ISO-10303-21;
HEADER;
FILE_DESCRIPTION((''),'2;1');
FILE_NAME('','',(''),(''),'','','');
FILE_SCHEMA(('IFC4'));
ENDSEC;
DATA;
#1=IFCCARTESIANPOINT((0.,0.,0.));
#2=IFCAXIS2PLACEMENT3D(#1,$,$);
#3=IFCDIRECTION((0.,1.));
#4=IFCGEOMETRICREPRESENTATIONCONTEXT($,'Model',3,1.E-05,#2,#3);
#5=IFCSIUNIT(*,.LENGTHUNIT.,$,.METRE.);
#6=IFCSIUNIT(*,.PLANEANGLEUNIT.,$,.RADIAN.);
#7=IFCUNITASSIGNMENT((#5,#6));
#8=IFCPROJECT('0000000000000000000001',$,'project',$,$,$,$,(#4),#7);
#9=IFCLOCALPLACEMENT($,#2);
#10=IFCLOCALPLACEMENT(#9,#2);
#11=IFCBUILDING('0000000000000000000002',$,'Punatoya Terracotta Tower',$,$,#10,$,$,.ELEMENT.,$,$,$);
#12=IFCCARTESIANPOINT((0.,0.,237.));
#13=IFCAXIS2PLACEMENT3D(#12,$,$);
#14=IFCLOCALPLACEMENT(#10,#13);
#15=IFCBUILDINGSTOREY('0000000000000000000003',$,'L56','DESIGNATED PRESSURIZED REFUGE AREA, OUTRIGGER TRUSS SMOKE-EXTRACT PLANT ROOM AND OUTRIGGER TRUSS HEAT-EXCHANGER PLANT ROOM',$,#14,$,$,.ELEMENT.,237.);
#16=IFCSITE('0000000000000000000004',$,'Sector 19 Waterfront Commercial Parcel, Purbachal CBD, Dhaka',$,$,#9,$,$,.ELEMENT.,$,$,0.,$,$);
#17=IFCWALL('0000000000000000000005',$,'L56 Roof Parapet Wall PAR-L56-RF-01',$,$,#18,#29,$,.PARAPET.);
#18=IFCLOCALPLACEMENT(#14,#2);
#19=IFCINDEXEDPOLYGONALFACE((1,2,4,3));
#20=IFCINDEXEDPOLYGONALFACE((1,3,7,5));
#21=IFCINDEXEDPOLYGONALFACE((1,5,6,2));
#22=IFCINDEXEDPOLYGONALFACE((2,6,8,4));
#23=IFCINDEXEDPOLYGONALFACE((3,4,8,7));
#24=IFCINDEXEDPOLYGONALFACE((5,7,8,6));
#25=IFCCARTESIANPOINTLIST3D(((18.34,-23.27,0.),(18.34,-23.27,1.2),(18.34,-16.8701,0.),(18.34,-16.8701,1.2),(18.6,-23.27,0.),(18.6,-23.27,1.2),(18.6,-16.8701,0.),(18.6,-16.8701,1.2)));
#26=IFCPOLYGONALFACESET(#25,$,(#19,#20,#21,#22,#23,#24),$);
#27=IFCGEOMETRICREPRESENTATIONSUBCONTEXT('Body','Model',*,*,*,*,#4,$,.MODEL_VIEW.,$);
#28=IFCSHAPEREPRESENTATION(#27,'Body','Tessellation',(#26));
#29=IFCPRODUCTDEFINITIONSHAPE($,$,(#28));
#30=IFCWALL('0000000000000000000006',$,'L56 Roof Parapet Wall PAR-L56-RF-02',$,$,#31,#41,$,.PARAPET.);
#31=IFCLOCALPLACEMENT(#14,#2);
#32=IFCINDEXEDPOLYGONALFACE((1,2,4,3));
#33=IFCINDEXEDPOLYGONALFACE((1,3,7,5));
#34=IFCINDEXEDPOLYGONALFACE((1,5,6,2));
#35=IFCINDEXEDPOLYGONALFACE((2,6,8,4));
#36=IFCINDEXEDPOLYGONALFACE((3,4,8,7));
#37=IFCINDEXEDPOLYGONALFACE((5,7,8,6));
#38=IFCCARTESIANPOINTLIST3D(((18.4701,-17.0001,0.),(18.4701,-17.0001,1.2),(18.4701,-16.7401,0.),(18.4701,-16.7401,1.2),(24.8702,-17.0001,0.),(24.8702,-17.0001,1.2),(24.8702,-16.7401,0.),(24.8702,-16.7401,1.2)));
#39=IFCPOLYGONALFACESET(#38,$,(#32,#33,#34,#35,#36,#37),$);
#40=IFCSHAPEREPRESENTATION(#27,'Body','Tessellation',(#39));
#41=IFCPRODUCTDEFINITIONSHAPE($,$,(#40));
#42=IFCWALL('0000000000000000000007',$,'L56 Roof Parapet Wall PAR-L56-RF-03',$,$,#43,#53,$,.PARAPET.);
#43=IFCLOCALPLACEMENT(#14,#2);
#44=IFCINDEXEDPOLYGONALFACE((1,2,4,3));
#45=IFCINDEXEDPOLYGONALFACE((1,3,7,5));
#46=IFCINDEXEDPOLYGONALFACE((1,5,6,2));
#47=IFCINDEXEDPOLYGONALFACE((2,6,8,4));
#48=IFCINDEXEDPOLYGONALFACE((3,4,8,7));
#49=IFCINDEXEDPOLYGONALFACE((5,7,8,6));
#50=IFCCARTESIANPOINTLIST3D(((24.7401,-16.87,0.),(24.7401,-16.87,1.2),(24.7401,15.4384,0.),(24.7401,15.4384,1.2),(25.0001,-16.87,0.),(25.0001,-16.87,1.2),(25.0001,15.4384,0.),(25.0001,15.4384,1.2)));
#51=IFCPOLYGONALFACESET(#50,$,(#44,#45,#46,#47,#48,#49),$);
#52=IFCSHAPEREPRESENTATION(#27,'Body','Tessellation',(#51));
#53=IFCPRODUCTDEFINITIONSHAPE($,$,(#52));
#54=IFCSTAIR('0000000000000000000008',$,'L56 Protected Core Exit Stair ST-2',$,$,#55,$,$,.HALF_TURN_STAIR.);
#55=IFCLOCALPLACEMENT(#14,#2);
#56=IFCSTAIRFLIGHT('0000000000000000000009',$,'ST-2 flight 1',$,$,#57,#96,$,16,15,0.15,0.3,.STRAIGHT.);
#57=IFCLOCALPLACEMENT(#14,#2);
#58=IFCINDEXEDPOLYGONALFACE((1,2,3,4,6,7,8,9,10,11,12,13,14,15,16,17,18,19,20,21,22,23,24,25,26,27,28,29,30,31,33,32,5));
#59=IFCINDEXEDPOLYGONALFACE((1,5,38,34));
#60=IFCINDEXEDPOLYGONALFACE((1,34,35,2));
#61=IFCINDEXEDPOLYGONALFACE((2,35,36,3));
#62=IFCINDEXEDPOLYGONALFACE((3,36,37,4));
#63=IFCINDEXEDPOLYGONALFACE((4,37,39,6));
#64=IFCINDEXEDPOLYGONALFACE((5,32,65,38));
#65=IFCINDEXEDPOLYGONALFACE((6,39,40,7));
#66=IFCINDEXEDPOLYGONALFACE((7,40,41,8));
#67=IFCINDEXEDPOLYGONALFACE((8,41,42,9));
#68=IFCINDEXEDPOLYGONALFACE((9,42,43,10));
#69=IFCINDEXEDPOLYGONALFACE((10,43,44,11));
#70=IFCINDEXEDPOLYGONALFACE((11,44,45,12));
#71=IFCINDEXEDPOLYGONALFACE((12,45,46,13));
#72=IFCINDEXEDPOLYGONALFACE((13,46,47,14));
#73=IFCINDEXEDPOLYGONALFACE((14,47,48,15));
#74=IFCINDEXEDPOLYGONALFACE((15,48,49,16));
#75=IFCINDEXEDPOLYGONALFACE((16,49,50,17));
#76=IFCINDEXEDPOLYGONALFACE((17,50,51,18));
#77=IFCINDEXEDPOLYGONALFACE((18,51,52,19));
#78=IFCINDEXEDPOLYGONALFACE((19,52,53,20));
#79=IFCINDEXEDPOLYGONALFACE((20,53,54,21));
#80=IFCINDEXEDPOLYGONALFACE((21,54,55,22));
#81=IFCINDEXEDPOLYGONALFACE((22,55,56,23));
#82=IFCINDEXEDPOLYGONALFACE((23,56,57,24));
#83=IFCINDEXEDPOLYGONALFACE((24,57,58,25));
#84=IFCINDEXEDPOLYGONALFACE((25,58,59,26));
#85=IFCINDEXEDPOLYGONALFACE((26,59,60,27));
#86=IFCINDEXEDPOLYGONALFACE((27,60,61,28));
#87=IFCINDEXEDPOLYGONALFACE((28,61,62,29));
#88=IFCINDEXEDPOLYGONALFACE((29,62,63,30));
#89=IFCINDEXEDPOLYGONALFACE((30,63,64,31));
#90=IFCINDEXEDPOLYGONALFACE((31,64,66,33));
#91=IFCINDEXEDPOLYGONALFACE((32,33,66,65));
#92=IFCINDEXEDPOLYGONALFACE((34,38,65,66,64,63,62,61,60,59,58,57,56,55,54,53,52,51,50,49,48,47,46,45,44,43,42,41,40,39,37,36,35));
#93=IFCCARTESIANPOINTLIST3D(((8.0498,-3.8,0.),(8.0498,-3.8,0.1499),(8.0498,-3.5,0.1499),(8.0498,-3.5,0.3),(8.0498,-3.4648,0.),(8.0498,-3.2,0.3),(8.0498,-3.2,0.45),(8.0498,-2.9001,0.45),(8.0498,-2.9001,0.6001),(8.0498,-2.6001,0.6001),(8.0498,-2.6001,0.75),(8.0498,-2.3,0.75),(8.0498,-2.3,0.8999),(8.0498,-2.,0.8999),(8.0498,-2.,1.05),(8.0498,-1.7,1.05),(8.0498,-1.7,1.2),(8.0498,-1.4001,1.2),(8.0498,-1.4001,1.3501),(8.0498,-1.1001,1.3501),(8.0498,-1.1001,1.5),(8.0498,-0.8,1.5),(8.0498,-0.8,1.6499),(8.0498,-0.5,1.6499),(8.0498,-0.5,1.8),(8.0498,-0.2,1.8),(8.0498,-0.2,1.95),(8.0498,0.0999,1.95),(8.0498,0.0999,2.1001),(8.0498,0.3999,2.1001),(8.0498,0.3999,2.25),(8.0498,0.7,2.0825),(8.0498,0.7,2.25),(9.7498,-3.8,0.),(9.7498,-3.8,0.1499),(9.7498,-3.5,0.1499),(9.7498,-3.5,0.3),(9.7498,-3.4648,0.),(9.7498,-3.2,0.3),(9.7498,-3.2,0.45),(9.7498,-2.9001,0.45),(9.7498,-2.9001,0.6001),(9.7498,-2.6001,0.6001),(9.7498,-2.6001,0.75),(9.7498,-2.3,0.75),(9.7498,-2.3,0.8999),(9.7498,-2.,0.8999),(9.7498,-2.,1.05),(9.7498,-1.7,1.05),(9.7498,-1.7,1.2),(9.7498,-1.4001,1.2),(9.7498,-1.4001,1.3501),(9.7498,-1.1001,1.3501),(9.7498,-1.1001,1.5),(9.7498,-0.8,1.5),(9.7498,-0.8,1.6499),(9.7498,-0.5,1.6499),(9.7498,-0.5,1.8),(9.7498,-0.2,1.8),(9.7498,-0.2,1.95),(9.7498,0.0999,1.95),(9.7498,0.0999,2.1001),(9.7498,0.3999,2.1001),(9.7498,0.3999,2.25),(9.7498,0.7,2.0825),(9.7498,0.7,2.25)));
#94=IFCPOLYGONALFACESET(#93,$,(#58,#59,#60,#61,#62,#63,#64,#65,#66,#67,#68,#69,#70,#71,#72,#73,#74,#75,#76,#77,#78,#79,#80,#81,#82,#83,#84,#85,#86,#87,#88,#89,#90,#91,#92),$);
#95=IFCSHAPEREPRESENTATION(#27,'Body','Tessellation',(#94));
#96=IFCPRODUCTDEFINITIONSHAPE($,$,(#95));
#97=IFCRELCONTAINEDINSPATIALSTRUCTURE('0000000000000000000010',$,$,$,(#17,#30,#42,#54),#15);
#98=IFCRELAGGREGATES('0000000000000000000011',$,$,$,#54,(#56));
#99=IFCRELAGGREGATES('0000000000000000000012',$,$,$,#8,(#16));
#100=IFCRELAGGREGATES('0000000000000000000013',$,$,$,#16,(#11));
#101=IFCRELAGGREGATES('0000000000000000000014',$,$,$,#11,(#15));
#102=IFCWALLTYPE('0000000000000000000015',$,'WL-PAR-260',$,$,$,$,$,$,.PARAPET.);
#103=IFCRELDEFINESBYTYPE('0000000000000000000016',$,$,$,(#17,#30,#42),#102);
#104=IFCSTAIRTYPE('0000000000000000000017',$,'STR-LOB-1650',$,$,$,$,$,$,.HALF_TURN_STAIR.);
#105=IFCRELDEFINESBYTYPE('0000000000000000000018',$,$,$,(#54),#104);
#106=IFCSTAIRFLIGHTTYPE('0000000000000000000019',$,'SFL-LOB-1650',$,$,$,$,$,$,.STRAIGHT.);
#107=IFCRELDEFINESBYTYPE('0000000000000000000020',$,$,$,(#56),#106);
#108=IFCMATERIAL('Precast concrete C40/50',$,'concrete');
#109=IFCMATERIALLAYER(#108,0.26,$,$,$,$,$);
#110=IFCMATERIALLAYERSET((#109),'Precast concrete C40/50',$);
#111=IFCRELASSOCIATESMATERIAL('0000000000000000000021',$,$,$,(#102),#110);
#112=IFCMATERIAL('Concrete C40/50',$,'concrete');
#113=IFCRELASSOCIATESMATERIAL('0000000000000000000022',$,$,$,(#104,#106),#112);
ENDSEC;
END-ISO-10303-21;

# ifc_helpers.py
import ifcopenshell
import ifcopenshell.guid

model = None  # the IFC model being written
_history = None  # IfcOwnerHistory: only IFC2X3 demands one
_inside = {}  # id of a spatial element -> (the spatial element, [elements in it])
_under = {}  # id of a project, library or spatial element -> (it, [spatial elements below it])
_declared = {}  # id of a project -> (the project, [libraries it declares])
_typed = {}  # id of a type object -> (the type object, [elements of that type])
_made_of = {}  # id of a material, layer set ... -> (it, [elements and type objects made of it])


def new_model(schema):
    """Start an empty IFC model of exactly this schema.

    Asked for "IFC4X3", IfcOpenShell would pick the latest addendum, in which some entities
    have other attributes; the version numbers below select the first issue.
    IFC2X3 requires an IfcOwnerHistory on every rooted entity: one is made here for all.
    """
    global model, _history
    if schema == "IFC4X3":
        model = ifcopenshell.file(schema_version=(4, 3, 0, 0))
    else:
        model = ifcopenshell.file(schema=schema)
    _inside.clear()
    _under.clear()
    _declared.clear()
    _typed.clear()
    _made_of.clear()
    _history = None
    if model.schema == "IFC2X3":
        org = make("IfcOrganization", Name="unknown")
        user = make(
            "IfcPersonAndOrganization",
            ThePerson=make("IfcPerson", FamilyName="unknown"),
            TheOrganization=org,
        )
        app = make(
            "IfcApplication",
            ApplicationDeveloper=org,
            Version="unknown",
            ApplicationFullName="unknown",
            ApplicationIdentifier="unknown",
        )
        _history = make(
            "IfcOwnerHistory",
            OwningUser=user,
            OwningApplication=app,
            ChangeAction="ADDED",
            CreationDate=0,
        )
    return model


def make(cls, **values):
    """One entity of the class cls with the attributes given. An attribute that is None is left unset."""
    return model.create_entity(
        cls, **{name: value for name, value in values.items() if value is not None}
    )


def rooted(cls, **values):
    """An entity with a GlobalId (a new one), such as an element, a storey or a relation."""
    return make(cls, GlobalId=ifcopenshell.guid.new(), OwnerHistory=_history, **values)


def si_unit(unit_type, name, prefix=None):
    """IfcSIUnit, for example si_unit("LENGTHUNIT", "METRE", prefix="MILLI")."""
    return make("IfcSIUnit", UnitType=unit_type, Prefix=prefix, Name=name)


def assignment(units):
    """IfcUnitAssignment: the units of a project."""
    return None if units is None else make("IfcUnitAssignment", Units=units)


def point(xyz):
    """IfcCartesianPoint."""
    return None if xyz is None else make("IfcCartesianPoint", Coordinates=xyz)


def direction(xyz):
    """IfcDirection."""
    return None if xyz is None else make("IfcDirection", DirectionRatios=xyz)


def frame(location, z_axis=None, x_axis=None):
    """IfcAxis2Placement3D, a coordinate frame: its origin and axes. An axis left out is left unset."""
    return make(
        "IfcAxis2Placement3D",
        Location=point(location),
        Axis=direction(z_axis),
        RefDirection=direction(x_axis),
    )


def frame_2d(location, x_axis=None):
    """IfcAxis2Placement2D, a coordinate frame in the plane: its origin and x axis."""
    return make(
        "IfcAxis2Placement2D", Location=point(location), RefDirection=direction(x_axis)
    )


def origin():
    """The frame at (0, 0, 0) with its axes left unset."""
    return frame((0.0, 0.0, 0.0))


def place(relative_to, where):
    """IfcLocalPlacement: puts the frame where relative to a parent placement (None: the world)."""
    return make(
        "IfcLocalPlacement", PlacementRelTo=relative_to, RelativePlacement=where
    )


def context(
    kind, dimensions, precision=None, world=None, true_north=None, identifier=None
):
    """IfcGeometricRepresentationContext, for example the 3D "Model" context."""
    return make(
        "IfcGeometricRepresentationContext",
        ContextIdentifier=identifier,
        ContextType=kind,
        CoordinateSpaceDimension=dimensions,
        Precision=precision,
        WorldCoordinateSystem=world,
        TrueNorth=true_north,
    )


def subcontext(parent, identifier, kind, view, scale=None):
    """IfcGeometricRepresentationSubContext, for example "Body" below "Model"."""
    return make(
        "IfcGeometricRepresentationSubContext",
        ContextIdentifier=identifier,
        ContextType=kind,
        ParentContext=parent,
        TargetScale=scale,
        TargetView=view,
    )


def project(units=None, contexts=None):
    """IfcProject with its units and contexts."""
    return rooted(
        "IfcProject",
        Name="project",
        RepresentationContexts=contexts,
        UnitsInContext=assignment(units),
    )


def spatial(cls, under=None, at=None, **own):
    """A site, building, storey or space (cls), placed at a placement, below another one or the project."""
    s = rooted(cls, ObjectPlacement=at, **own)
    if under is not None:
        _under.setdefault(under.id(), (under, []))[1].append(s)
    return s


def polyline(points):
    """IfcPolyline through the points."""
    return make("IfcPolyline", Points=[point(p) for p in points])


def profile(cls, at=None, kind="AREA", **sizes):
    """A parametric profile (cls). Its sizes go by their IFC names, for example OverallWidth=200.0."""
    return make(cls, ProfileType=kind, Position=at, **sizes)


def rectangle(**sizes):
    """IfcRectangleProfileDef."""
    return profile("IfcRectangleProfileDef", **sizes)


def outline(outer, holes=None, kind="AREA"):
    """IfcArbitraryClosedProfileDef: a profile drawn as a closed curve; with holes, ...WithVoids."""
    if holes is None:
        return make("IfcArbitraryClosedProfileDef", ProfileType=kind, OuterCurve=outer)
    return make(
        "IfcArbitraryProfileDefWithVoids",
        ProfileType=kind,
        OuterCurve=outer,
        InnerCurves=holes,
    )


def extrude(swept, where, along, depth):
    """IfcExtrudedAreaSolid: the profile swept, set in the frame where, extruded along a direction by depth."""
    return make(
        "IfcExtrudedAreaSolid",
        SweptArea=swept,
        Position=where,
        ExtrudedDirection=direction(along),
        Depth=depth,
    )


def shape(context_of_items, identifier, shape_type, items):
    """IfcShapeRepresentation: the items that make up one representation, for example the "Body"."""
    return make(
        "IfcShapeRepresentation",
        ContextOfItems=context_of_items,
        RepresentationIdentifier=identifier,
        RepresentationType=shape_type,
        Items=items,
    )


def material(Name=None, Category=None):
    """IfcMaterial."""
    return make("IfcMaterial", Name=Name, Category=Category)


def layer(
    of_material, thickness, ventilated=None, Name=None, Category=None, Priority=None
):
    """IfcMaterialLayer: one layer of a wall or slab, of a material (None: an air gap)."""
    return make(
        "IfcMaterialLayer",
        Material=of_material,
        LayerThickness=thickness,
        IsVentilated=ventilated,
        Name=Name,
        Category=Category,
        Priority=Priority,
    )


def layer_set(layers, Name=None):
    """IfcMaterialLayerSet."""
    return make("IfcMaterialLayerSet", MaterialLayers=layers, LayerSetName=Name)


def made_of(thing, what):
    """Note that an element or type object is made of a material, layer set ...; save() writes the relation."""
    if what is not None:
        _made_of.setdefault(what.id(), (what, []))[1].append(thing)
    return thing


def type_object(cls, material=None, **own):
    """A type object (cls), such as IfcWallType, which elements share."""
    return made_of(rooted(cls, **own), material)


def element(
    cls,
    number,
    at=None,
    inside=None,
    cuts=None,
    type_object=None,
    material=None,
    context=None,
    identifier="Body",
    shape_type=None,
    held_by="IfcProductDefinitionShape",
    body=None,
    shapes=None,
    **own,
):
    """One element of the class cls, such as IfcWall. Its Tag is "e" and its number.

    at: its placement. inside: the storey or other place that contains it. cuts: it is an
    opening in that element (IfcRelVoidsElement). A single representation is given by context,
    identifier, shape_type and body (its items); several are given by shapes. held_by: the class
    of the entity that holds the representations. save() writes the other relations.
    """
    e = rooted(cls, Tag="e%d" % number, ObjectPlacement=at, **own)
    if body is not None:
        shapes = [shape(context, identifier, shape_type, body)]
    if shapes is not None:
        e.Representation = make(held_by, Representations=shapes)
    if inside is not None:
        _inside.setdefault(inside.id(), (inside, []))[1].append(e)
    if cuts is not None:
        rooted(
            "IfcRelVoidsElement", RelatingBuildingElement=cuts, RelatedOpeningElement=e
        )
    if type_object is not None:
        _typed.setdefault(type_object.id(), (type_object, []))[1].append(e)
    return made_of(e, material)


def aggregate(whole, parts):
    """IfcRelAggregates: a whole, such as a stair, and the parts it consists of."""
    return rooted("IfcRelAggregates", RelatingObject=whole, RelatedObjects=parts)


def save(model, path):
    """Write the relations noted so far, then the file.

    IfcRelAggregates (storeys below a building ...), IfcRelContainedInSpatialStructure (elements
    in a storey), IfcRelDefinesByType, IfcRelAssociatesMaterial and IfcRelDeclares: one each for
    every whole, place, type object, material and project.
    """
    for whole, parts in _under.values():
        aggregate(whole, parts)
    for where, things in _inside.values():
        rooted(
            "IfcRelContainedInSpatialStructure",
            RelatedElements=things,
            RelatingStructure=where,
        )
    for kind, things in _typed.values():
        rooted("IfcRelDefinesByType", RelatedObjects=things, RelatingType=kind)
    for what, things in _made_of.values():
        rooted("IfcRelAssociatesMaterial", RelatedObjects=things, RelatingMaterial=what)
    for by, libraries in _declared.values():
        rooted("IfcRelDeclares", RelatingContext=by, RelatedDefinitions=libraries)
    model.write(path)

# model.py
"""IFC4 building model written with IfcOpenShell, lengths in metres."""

from ifc_helpers import new_model, si_unit, direction, frame, frame_2d, origin, place, context, subcontext, project, spatial, polyline, rectangle, outline, extrude, material, layer, layer_set, type_object, element, aggregate, save


model = new_model("IFC4")

# Units and contexts
model_context = context("Model", 3, precision=1e-05, world=origin(), true_north=direction((0.0, 1.0)))
body_context = subcontext(model_context, "Body", "Model", "MODEL_VIEW")
ifc_project = project(units=[si_unit("LENGTHUNIT", "METRE"), si_unit("PLANEANGLEUNIT", "RADIAN")], contexts=[model_context])

# Site, building, storey
site_placement = place(None, origin())
site = spatial("IfcSite", under=ifc_project, at=site_placement, Name="Sector 19 Waterfront Commercial Parcel, Purbachal CBD, Dhaka", CompositionType="ELEMENT", RefElevation=0.0)
building_placement = place(site_placement, origin())
building = spatial("IfcBuilding", under=site, at=building_placement, Name="Punatoya Terracotta Tower", CompositionType="ELEMENT")
storey_placement = place(building_placement, frame((0.0, 0.0, 237.0)))
storey = spatial("IfcBuildingStorey", under=building, at=storey_placement, Name="L56", Description="DESIGNATED PRESSURIZED REFUGE AREA, OUTRIGGER TRUSS SMOKE-EXTRACT PLANT ROOM AND OUTRIGGER TRUSS HEAT-EXCHANGER PLANT ROOM", CompositionType="ELEMENT", Elevation=237.0)

# Shared definitions
ifc_material_1 = material(Name="Precast concrete C40/50", Category="concrete")

# Shared definitions
ifc_material_2 = material(Name="Concrete C40/50", Category="concrete")

# Walls
ifc_layer_1 = layer(ifc_material_1, 0.26)
ifc_layer_set_1 = layer_set([ifc_layer_1], Name="Precast concrete C40/50")
wall_type_1 = type_object("IfcWallType", Name="WL-PAR-260", PredefinedType="PARAPET", material=ifc_layer_set_1)
wall_1_placement = place(storey_placement, frame((18.47, -23.27, 0.0), z_axis=(0.0, 0.0, 1.0), x_axis=(0.0, 1.0, 0.0)))
element("IfcWall", 1, at=wall_1_placement, inside=storey, type_object=wall_type_1, Name="L56 Roof Parapet Wall PAR-L56-RF-01", PredefinedType="PARAPET", context=body_context, shape_type="SweptSolid", body=[
    extrude(rectangle(XDim=6.3999, YDim=0.26, at=frame_2d((3.2, 0.0))), origin(), (0.0, 0.0, 1.0), 1.2),
])
wall_2_placement = place(storey_placement, frame((18.47, -16.8701, 0.0), z_axis=(0.0, 0.0, 1.0), x_axis=(1.0, 0.0, 0.0)))
element("IfcWall", 2, at=wall_2_placement, inside=storey, type_object=wall_type_1, Name="L56 Roof Parapet Wall PAR-L56-RF-02", PredefinedType="PARAPET", context=body_context, shape_type="SweptSolid", body=[
    extrude(rectangle(XDim=6.4001, YDim=0.26, at=frame_2d((3.2002, 0.0))), origin(), (0.0, 0.0, 1.0), 1.2),
])
wall_3_placement = place(storey_placement, frame((24.8701, -16.8701, 0.0), z_axis=(0.0, 0.0, 1.0), x_axis=(0.0, 1.0, 0.0)))
element("IfcWall", 3, at=wall_3_placement, inside=storey, type_object=wall_type_1, Name="L56 Roof Parapet Wall PAR-L56-RF-03", PredefinedType="PARAPET", context=body_context, shape_type="SweptSolid", body=[
    extrude(rectangle(XDim=32.3083, YDim=0.26, at=frame_2d((16.1543, 0.0))), origin(), (0.0, 0.0, 1.0), 1.2),
])

# Stair, stair flight
stair_type = type_object("IfcStairType", Name="STR-LOB-1650", PredefinedType="HALF_TURN_STAIR", material=ifc_material_2)
stair_placement = place(storey_placement, origin())
stair = element("IfcStair", 4, at=stair_placement, inside=storey, type_object=stair_type, Name="L56 Protected Core Exit Stair ST-2", PredefinedType="HALF_TURN_STAIR")
stair_flight_type = type_object("IfcStairFlightType", Name="SFL-LOB-1650", PredefinedType="STRAIGHT", material=ifc_material_2)
stair_flight_placement = place(storey_placement, frame((8.8999, -3.8, 0.0), z_axis=(0.0, 0.0, 1.0), x_axis=(0.0, 1.0, 0.0)))
stair_flight = element("IfcStairFlight", 5, at=stair_flight_placement, type_object=stair_flight_type, Name="ST-2 flight 1", NumberOfRisers=16, NumberOfTreads=15, PredefinedType="STRAIGHT", RiserHeight=0.15, TreadLength=0.3, context=body_context, shape_type="SweptSolid", body=[
    extrude(outline(polyline([(0.0, 0.0), (0.0, 0.1499), (0.3, 0.1499), (0.3, 0.3), (0.6001, 0.3), (0.6001, 0.45), (0.8999, 0.45), (0.8999, 0.6001), (1.2, 0.6001), (1.2, 0.75), (1.5, 0.75), (1.5, 0.8999), (1.8, 0.8999), (1.8, 1.05), (2.1001, 1.05), (2.1001, 1.2), (2.3999, 1.2), (2.3999, 1.3501), (2.7, 1.3501), (2.7, 1.5), (3.0, 1.5), (3.0, 1.6499), (3.3, 1.6499), (3.3, 1.8), (3.6001, 1.8), (3.6001, 1.95), (3.8999, 1.95), (3.8999, 2.1001), (4.2, 2.1001), (4.2, 2.25), (4.5, 2.25), (4.5, 2.3999), (4.5, 2.0825), (0.3352, 0.0), (0.0, 0.0)])), frame((0.0, 0.8501, 0.0), z_axis=(0.0, -1.0, 0.0), x_axis=(1.0, 0.0, 0.0)), (0.0, 0.0, 1.0), 1.7),
])
aggregate(stair, [stair_flight])

save(model, "model.ifc")
